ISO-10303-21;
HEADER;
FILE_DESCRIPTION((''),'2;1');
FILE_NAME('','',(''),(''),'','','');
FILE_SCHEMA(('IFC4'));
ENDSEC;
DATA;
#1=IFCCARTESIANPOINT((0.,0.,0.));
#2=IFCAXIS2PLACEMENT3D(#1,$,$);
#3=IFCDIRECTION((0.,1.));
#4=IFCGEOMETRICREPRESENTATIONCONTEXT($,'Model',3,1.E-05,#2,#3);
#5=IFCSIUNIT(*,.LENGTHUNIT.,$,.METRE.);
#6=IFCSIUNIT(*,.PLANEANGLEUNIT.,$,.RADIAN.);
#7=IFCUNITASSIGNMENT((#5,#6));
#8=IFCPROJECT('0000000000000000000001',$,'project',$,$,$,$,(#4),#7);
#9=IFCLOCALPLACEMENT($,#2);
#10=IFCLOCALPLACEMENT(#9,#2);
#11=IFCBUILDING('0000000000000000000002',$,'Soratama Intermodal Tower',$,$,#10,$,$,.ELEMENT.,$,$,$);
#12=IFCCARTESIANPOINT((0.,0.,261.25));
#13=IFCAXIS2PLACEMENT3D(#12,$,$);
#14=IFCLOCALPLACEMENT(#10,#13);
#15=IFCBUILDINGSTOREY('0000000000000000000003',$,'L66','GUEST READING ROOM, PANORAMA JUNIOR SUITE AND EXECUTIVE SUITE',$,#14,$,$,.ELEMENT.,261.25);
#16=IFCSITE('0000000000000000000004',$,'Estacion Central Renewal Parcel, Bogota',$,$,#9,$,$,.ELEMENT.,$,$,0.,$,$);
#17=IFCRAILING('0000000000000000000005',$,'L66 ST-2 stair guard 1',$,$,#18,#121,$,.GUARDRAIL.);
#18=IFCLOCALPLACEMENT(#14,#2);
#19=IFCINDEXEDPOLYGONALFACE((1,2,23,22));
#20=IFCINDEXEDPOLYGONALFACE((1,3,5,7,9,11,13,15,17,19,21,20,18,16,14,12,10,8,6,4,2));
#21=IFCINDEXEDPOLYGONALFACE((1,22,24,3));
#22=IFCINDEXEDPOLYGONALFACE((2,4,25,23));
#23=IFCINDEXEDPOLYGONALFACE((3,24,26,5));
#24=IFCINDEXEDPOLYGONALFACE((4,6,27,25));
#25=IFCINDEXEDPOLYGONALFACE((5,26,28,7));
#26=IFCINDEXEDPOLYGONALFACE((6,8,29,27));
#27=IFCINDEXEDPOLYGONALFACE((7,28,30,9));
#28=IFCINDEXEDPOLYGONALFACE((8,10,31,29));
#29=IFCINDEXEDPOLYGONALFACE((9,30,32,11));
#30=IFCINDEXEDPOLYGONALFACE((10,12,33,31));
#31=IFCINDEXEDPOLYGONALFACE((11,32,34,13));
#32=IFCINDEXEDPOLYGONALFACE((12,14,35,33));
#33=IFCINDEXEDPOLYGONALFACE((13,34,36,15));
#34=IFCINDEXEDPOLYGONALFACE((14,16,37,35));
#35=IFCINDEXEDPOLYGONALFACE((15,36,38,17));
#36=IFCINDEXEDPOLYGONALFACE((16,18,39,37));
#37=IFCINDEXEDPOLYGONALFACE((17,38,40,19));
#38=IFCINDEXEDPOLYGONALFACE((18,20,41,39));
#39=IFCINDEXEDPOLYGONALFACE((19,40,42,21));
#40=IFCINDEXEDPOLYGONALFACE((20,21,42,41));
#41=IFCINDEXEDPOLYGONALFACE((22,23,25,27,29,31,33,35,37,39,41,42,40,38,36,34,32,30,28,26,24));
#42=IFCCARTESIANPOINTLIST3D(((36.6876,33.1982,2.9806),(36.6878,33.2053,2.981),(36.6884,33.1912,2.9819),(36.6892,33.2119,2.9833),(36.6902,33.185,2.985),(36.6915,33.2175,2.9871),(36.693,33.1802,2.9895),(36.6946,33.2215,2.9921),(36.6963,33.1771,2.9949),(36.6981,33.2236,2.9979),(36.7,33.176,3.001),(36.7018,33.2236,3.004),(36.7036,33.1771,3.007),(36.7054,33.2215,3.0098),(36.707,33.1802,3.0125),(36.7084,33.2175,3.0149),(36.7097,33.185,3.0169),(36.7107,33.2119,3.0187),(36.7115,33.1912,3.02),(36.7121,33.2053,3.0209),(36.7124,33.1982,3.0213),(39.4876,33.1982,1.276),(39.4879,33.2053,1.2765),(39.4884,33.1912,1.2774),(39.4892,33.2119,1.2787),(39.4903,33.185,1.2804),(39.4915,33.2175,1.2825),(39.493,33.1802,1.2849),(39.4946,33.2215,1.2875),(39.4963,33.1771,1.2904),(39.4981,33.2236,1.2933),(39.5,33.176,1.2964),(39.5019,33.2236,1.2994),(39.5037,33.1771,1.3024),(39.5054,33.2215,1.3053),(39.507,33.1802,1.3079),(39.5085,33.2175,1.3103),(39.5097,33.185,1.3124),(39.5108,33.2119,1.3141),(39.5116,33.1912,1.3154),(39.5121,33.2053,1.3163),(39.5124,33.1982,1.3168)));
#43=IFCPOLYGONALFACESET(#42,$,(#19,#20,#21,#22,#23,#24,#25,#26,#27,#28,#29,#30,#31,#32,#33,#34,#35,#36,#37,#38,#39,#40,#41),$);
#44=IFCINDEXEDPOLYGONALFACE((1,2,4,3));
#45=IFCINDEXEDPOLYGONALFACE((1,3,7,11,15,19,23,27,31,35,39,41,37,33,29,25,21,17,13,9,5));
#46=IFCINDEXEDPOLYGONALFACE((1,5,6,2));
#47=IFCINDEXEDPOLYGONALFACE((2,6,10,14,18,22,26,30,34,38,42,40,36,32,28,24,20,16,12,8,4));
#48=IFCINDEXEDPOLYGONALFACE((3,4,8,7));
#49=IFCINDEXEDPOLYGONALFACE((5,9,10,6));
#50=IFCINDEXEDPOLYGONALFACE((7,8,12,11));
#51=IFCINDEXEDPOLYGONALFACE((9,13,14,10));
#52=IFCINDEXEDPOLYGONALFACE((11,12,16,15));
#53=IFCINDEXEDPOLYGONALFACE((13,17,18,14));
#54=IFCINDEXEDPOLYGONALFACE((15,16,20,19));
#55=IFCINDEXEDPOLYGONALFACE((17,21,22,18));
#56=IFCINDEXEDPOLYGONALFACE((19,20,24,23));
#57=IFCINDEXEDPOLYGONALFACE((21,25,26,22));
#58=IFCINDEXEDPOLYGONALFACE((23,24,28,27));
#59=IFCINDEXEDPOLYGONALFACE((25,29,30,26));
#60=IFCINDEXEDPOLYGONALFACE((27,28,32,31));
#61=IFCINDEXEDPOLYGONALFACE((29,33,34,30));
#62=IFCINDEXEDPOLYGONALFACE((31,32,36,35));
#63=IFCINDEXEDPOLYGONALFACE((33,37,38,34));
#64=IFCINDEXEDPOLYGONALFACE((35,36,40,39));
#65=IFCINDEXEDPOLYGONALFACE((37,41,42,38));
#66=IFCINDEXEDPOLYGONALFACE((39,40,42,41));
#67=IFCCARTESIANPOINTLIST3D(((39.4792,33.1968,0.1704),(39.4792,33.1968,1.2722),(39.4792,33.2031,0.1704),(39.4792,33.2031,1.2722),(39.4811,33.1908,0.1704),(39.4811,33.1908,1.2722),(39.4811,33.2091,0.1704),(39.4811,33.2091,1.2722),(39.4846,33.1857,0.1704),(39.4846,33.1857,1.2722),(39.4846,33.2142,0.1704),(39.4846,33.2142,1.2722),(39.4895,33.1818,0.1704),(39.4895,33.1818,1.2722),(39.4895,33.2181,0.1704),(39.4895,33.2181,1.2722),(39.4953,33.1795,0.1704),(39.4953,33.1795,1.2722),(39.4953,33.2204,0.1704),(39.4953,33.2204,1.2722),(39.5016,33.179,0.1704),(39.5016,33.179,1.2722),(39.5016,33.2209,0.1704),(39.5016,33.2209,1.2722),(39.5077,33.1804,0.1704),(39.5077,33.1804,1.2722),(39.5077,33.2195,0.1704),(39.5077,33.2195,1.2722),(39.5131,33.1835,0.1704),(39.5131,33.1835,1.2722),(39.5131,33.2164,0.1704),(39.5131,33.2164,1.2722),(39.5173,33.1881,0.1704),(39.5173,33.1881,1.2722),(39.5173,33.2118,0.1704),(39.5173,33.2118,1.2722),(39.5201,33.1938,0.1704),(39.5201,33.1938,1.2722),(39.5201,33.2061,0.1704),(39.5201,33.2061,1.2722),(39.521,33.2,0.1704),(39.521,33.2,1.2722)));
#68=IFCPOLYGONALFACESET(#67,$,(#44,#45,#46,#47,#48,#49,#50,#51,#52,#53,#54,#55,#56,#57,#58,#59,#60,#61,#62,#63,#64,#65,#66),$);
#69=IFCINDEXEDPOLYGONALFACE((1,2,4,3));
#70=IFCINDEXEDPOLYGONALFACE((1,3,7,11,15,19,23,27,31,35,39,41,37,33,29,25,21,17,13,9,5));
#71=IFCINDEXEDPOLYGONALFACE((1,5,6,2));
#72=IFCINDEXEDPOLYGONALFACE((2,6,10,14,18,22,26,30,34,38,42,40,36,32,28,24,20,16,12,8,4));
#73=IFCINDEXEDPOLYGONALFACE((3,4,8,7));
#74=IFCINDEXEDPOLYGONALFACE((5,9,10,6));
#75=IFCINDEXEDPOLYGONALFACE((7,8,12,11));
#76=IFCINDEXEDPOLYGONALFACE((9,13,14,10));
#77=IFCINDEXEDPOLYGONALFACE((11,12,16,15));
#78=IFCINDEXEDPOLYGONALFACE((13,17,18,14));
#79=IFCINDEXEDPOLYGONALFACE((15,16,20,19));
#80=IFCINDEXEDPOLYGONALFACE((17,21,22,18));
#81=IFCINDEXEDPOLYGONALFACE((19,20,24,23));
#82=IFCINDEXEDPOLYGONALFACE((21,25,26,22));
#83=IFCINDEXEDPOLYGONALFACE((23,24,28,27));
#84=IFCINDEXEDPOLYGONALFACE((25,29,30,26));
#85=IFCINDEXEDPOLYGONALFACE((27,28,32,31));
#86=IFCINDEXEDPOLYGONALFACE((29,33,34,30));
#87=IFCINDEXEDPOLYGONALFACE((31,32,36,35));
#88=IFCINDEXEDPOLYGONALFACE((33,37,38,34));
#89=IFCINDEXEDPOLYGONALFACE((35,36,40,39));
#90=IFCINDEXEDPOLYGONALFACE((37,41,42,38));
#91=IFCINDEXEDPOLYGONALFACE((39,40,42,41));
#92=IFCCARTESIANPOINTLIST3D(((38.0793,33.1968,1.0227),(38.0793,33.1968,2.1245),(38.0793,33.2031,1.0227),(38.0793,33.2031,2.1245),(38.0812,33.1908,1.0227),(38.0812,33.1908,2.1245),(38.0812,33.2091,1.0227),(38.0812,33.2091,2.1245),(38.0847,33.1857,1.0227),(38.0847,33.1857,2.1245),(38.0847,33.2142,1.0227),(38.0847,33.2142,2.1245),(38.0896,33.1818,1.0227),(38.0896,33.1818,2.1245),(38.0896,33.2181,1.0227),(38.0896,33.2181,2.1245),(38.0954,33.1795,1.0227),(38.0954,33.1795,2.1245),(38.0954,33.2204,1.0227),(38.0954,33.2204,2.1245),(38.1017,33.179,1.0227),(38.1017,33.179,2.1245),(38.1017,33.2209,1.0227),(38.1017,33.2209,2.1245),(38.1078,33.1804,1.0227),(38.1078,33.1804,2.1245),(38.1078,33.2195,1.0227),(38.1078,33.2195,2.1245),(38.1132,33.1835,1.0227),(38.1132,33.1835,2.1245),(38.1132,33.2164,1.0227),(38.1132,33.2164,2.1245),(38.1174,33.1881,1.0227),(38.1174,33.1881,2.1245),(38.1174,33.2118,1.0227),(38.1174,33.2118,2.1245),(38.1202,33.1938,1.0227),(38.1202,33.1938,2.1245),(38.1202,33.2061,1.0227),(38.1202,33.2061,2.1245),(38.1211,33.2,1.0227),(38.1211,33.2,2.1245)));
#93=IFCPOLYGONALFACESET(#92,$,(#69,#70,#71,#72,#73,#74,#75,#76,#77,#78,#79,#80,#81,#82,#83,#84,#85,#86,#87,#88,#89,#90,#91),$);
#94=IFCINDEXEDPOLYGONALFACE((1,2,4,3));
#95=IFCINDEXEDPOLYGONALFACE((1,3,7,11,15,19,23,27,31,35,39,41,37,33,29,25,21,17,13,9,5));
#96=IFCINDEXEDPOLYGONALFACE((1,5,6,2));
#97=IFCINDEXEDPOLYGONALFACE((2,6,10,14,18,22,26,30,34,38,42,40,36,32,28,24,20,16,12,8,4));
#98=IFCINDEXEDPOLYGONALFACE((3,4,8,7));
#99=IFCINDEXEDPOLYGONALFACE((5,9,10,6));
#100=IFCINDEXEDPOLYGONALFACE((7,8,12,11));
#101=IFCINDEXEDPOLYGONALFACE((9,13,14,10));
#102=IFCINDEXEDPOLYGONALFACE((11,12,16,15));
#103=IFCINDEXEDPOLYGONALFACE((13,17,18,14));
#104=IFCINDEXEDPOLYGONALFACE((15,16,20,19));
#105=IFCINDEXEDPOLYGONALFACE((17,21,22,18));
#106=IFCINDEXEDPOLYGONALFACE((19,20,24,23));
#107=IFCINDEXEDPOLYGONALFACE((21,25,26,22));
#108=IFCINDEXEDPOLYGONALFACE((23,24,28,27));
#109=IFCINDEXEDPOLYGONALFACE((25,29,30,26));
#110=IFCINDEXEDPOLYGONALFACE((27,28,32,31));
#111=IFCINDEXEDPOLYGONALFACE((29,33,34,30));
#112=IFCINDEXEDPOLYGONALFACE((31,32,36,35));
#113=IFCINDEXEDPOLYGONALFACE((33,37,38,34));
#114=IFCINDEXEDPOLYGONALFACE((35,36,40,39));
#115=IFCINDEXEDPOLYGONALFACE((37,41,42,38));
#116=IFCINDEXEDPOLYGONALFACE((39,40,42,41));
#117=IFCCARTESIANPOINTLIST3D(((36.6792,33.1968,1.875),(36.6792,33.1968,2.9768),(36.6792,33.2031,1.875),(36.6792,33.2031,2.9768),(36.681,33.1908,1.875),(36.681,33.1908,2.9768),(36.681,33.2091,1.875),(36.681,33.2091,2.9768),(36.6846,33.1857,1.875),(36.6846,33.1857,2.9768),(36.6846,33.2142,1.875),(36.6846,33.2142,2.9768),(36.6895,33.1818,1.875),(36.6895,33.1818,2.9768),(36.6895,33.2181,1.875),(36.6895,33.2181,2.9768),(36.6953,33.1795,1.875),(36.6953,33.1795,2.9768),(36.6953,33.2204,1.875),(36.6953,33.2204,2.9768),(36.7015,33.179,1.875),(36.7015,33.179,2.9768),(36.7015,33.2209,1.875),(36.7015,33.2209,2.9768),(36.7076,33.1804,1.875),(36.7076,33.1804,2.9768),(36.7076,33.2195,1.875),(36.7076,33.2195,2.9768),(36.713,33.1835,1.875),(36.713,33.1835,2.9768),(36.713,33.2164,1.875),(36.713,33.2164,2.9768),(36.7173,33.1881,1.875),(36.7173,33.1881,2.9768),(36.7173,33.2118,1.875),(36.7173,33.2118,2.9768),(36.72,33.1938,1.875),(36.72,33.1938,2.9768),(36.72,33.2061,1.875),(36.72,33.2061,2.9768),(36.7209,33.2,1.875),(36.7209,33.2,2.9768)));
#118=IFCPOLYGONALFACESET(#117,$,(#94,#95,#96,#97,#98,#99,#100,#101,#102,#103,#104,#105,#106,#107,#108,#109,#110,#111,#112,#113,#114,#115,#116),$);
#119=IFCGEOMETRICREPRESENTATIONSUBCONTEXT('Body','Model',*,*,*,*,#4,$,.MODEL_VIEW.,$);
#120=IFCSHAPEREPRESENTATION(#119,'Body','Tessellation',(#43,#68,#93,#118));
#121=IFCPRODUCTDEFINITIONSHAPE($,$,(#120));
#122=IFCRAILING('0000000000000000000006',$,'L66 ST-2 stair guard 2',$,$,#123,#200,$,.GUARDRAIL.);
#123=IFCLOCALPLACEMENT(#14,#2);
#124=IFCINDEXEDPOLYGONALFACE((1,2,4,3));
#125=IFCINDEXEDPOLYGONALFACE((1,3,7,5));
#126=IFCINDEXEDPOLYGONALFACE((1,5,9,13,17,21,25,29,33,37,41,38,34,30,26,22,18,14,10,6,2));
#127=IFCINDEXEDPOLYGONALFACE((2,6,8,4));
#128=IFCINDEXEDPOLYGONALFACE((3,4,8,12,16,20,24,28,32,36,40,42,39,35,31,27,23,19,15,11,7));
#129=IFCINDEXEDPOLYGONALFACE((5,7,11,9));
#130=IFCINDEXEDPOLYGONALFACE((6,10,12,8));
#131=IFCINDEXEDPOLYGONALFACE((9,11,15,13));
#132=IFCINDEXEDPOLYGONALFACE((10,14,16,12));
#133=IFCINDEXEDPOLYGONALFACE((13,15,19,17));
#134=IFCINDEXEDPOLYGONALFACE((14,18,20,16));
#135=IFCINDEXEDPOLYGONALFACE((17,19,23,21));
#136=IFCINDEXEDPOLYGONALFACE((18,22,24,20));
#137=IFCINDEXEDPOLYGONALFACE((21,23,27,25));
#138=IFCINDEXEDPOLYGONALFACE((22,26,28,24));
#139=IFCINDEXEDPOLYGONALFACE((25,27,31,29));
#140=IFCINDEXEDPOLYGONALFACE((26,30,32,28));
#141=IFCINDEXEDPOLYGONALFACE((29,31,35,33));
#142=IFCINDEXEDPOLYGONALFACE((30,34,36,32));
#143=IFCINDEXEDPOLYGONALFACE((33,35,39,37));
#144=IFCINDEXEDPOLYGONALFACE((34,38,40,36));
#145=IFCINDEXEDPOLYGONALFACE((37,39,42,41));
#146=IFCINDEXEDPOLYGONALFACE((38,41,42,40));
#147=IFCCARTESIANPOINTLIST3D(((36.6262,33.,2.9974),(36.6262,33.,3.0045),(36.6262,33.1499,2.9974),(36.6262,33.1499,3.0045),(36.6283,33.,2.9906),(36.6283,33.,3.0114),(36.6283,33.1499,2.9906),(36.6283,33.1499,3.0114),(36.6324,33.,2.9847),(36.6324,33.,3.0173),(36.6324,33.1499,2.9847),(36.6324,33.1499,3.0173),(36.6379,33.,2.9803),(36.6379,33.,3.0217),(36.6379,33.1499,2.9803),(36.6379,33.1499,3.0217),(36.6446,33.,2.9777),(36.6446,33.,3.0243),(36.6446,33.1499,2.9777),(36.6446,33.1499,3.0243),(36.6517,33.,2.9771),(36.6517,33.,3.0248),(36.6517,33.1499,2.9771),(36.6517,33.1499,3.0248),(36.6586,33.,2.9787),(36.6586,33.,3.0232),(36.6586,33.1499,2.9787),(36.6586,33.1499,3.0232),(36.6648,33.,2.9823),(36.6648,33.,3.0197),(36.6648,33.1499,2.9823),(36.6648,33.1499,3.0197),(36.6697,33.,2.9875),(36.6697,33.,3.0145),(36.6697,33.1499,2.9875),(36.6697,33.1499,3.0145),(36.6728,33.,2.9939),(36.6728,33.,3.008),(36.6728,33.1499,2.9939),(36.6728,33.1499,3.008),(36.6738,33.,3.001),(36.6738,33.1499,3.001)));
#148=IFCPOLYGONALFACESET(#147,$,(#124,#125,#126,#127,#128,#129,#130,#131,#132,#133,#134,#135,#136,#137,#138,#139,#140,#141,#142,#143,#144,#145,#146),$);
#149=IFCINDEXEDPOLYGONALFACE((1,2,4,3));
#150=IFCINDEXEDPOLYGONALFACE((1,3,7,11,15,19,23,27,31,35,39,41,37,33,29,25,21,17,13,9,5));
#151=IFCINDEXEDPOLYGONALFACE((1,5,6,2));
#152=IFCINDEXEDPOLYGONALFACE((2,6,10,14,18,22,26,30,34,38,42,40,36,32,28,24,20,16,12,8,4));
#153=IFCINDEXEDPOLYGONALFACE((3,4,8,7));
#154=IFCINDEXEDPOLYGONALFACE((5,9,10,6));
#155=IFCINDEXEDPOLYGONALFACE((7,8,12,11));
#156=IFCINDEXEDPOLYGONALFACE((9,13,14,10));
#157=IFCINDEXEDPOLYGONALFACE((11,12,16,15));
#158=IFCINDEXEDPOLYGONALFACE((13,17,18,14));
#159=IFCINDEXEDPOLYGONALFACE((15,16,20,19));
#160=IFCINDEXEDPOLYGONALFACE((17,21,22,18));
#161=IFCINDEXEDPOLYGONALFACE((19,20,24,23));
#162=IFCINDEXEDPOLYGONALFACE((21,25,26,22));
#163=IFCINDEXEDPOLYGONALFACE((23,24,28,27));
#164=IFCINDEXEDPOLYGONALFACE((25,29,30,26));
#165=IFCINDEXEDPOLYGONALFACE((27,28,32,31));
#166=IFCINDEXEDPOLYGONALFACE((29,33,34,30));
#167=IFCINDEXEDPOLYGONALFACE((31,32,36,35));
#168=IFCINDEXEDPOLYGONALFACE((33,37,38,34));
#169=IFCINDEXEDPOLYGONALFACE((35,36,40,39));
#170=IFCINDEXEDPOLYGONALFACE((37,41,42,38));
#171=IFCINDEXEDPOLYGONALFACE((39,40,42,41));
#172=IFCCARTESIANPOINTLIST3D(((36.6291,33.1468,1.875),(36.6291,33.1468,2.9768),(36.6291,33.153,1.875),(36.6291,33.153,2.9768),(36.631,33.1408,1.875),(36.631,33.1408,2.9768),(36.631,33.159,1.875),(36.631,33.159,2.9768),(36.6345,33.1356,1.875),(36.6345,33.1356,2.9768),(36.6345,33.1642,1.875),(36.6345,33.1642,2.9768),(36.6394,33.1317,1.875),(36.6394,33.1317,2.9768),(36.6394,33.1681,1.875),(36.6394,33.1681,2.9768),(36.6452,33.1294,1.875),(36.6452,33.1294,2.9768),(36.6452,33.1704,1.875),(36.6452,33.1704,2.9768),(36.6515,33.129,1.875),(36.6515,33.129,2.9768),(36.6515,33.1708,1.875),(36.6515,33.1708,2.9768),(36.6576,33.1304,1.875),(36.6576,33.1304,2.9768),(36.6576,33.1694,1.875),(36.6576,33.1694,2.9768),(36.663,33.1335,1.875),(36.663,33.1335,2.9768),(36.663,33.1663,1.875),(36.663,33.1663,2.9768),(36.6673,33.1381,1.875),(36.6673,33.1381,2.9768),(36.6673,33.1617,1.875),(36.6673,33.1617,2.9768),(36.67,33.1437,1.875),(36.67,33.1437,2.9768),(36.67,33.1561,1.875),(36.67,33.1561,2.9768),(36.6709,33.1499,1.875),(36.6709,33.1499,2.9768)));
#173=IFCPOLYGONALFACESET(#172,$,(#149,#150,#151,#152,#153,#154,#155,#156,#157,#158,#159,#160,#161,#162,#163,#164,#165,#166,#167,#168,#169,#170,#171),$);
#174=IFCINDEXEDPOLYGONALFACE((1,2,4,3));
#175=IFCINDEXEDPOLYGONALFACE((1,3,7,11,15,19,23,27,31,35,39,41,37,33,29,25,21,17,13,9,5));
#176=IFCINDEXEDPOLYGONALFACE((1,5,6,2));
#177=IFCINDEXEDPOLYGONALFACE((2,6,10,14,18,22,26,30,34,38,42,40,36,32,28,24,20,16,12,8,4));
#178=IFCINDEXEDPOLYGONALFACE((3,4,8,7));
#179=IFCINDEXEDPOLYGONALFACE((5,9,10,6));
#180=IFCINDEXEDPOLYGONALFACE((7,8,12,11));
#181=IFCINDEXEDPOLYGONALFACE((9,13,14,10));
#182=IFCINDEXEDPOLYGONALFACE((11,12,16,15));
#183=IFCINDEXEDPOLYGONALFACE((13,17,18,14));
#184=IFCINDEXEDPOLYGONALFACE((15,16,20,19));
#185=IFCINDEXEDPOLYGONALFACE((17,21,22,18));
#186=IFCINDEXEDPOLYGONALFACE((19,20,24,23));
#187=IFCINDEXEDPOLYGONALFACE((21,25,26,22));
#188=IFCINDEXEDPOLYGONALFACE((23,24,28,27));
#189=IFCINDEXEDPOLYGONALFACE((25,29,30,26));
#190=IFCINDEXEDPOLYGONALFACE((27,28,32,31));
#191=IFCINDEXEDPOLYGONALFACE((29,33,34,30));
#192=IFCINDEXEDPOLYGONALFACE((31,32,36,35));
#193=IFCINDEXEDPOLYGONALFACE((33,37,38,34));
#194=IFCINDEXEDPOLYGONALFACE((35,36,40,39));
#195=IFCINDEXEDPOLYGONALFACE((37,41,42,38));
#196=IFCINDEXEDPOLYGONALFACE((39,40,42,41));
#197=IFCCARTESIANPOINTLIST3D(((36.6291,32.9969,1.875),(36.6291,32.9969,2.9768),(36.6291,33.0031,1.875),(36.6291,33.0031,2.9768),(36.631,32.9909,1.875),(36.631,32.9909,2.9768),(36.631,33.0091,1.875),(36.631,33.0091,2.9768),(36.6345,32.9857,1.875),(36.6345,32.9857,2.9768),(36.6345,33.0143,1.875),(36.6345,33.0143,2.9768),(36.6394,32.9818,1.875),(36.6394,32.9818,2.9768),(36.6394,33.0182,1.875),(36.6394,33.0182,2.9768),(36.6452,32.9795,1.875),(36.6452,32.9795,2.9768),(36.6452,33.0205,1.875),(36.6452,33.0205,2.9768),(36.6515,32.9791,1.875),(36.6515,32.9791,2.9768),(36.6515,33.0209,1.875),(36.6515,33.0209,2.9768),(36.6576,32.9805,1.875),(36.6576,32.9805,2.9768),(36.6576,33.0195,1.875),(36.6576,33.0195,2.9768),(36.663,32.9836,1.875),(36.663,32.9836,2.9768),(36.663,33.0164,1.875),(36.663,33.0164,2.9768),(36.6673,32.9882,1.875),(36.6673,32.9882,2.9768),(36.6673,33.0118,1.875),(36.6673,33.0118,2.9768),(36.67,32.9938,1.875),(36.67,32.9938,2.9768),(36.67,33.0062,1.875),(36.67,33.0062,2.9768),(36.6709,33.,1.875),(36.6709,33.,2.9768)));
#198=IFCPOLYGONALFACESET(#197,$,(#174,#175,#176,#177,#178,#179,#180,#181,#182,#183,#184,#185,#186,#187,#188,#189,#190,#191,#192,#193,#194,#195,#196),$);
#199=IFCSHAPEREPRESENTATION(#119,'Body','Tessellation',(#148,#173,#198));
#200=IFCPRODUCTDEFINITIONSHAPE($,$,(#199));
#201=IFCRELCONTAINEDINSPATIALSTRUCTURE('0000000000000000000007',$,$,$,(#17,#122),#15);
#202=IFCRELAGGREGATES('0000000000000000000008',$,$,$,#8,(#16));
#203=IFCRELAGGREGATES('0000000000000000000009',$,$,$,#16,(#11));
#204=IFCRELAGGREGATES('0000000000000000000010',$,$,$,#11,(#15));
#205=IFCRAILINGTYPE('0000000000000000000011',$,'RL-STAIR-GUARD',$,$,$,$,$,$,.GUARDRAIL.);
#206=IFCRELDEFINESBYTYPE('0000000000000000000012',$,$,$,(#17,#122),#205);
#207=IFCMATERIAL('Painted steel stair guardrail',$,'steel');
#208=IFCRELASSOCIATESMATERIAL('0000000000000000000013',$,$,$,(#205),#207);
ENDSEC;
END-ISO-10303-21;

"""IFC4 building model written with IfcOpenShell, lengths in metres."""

from ifc_helpers import new_model, si_unit, direction, frame, origin, origin_2d, place, context, subcontext, project, spatial, circle, extrude, material, type_object, element, save


model = new_model("IFC4")

# Units and contexts
model_context = context("Model", 3, precision=1e-05, world=origin(), true_north=direction((0.0, 1.0)))
body_context = subcontext(model_context, "Body", "Model", "MODEL_VIEW")
ifc_project = project(units=[si_unit("LENGTHUNIT", "METRE"), si_unit("PLANEANGLEUNIT", "RADIAN")], contexts=[model_context])

# Site, building, storey
site_placement = place(None, origin())
site = spatial("IfcSite", under=ifc_project, at=site_placement, Name="Estacion Central Renewal Parcel, Bogota", CompositionType="ELEMENT", RefElevation=0.0)
building_placement = place(site_placement, origin())
building = spatial("IfcBuilding", under=site, at=building_placement, Name="Soratama Intermodal Tower", CompositionType="ELEMENT")
storey_placement = place(building_placement, frame((0.0, 0.0, 261.25)))
storey = spatial("IfcBuildingStorey", under=building, at=storey_placement, Name="L66", Description="GUEST READING ROOM, PANORAMA JUNIOR SUITE AND EXECUTIVE SUITE", CompositionType="ELEMENT", Elevation=261.25)

# Railings
ifc_material_1 = material(Name="Painted steel stair guardrail", Category="steel")
railing_type_1 = type_object("IfcRailingType", Name="RL-STAIR-GUARD", PredefinedType="GUARDRAIL", material=ifc_material_1)
railing_1_placement = place(storey_placement, frame((39.5, 33.2, 0.1704)))
element("IfcRailing", 1, at=railing_1_placement, inside=storey, type_object=railing_type_1, Name="L66 ST-2 stair guard 1", PredefinedType="GUARDRAIL", context=body_context, shape_type="SweptSolid", body=[
    extrude(circle(Radius=0.0239, at=origin_2d()), frame((0.0, 0.0, 1.126), z_axis=(-0.85417, 0.0, 0.519994), x_axis=(0.0, -1.0, 0.0)), (0.0, 0.0, 1.0), 3.2781),
    extrude(circle(Radius=0.021, at=origin_2d()), origin(), (0.0, 0.0, 1.0), 1.1018),
    extrude(circle(Radius=0.021, at=origin_2d()), frame((-1.3999, 0.0, 0.8523)), (0.0, 0.0, 1.0), 1.1018),
    extrude(circle(Radius=0.021, at=origin_2d()), frame((-2.8, 0.0, 1.7046)), (0.0, 0.0, 1.0), 1.1018),
])
railing_2_placement = place(storey_placement, frame((36.6499, 33.1499, 1.875)))
element("IfcRailing", 2, at=railing_2_placement, inside=storey, type_object=railing_type_1, Name="L66 ST-2 stair guard 2", PredefinedType="GUARDRAIL", context=body_context, shape_type="SweptSolid", body=[
    extrude(circle(Radius=0.0239, at=origin_2d()), frame((0.0, 0.0, 1.126), z_axis=(0.0, -1.0, 0.0), x_axis=(1.0, 0.0, 0.0)), (0.0, 0.0, 1.0), 0.1499),
    extrude(circle(Radius=0.021, at=origin_2d()), origin(), (0.0, 0.0, 1.0), 1.1018),
    extrude(circle(Radius=0.021, at=origin_2d()), frame((0.0, -0.1499, 0.0)), (0.0, 0.0, 1.0), 1.1018),
])

save(model, "model.ifc")
